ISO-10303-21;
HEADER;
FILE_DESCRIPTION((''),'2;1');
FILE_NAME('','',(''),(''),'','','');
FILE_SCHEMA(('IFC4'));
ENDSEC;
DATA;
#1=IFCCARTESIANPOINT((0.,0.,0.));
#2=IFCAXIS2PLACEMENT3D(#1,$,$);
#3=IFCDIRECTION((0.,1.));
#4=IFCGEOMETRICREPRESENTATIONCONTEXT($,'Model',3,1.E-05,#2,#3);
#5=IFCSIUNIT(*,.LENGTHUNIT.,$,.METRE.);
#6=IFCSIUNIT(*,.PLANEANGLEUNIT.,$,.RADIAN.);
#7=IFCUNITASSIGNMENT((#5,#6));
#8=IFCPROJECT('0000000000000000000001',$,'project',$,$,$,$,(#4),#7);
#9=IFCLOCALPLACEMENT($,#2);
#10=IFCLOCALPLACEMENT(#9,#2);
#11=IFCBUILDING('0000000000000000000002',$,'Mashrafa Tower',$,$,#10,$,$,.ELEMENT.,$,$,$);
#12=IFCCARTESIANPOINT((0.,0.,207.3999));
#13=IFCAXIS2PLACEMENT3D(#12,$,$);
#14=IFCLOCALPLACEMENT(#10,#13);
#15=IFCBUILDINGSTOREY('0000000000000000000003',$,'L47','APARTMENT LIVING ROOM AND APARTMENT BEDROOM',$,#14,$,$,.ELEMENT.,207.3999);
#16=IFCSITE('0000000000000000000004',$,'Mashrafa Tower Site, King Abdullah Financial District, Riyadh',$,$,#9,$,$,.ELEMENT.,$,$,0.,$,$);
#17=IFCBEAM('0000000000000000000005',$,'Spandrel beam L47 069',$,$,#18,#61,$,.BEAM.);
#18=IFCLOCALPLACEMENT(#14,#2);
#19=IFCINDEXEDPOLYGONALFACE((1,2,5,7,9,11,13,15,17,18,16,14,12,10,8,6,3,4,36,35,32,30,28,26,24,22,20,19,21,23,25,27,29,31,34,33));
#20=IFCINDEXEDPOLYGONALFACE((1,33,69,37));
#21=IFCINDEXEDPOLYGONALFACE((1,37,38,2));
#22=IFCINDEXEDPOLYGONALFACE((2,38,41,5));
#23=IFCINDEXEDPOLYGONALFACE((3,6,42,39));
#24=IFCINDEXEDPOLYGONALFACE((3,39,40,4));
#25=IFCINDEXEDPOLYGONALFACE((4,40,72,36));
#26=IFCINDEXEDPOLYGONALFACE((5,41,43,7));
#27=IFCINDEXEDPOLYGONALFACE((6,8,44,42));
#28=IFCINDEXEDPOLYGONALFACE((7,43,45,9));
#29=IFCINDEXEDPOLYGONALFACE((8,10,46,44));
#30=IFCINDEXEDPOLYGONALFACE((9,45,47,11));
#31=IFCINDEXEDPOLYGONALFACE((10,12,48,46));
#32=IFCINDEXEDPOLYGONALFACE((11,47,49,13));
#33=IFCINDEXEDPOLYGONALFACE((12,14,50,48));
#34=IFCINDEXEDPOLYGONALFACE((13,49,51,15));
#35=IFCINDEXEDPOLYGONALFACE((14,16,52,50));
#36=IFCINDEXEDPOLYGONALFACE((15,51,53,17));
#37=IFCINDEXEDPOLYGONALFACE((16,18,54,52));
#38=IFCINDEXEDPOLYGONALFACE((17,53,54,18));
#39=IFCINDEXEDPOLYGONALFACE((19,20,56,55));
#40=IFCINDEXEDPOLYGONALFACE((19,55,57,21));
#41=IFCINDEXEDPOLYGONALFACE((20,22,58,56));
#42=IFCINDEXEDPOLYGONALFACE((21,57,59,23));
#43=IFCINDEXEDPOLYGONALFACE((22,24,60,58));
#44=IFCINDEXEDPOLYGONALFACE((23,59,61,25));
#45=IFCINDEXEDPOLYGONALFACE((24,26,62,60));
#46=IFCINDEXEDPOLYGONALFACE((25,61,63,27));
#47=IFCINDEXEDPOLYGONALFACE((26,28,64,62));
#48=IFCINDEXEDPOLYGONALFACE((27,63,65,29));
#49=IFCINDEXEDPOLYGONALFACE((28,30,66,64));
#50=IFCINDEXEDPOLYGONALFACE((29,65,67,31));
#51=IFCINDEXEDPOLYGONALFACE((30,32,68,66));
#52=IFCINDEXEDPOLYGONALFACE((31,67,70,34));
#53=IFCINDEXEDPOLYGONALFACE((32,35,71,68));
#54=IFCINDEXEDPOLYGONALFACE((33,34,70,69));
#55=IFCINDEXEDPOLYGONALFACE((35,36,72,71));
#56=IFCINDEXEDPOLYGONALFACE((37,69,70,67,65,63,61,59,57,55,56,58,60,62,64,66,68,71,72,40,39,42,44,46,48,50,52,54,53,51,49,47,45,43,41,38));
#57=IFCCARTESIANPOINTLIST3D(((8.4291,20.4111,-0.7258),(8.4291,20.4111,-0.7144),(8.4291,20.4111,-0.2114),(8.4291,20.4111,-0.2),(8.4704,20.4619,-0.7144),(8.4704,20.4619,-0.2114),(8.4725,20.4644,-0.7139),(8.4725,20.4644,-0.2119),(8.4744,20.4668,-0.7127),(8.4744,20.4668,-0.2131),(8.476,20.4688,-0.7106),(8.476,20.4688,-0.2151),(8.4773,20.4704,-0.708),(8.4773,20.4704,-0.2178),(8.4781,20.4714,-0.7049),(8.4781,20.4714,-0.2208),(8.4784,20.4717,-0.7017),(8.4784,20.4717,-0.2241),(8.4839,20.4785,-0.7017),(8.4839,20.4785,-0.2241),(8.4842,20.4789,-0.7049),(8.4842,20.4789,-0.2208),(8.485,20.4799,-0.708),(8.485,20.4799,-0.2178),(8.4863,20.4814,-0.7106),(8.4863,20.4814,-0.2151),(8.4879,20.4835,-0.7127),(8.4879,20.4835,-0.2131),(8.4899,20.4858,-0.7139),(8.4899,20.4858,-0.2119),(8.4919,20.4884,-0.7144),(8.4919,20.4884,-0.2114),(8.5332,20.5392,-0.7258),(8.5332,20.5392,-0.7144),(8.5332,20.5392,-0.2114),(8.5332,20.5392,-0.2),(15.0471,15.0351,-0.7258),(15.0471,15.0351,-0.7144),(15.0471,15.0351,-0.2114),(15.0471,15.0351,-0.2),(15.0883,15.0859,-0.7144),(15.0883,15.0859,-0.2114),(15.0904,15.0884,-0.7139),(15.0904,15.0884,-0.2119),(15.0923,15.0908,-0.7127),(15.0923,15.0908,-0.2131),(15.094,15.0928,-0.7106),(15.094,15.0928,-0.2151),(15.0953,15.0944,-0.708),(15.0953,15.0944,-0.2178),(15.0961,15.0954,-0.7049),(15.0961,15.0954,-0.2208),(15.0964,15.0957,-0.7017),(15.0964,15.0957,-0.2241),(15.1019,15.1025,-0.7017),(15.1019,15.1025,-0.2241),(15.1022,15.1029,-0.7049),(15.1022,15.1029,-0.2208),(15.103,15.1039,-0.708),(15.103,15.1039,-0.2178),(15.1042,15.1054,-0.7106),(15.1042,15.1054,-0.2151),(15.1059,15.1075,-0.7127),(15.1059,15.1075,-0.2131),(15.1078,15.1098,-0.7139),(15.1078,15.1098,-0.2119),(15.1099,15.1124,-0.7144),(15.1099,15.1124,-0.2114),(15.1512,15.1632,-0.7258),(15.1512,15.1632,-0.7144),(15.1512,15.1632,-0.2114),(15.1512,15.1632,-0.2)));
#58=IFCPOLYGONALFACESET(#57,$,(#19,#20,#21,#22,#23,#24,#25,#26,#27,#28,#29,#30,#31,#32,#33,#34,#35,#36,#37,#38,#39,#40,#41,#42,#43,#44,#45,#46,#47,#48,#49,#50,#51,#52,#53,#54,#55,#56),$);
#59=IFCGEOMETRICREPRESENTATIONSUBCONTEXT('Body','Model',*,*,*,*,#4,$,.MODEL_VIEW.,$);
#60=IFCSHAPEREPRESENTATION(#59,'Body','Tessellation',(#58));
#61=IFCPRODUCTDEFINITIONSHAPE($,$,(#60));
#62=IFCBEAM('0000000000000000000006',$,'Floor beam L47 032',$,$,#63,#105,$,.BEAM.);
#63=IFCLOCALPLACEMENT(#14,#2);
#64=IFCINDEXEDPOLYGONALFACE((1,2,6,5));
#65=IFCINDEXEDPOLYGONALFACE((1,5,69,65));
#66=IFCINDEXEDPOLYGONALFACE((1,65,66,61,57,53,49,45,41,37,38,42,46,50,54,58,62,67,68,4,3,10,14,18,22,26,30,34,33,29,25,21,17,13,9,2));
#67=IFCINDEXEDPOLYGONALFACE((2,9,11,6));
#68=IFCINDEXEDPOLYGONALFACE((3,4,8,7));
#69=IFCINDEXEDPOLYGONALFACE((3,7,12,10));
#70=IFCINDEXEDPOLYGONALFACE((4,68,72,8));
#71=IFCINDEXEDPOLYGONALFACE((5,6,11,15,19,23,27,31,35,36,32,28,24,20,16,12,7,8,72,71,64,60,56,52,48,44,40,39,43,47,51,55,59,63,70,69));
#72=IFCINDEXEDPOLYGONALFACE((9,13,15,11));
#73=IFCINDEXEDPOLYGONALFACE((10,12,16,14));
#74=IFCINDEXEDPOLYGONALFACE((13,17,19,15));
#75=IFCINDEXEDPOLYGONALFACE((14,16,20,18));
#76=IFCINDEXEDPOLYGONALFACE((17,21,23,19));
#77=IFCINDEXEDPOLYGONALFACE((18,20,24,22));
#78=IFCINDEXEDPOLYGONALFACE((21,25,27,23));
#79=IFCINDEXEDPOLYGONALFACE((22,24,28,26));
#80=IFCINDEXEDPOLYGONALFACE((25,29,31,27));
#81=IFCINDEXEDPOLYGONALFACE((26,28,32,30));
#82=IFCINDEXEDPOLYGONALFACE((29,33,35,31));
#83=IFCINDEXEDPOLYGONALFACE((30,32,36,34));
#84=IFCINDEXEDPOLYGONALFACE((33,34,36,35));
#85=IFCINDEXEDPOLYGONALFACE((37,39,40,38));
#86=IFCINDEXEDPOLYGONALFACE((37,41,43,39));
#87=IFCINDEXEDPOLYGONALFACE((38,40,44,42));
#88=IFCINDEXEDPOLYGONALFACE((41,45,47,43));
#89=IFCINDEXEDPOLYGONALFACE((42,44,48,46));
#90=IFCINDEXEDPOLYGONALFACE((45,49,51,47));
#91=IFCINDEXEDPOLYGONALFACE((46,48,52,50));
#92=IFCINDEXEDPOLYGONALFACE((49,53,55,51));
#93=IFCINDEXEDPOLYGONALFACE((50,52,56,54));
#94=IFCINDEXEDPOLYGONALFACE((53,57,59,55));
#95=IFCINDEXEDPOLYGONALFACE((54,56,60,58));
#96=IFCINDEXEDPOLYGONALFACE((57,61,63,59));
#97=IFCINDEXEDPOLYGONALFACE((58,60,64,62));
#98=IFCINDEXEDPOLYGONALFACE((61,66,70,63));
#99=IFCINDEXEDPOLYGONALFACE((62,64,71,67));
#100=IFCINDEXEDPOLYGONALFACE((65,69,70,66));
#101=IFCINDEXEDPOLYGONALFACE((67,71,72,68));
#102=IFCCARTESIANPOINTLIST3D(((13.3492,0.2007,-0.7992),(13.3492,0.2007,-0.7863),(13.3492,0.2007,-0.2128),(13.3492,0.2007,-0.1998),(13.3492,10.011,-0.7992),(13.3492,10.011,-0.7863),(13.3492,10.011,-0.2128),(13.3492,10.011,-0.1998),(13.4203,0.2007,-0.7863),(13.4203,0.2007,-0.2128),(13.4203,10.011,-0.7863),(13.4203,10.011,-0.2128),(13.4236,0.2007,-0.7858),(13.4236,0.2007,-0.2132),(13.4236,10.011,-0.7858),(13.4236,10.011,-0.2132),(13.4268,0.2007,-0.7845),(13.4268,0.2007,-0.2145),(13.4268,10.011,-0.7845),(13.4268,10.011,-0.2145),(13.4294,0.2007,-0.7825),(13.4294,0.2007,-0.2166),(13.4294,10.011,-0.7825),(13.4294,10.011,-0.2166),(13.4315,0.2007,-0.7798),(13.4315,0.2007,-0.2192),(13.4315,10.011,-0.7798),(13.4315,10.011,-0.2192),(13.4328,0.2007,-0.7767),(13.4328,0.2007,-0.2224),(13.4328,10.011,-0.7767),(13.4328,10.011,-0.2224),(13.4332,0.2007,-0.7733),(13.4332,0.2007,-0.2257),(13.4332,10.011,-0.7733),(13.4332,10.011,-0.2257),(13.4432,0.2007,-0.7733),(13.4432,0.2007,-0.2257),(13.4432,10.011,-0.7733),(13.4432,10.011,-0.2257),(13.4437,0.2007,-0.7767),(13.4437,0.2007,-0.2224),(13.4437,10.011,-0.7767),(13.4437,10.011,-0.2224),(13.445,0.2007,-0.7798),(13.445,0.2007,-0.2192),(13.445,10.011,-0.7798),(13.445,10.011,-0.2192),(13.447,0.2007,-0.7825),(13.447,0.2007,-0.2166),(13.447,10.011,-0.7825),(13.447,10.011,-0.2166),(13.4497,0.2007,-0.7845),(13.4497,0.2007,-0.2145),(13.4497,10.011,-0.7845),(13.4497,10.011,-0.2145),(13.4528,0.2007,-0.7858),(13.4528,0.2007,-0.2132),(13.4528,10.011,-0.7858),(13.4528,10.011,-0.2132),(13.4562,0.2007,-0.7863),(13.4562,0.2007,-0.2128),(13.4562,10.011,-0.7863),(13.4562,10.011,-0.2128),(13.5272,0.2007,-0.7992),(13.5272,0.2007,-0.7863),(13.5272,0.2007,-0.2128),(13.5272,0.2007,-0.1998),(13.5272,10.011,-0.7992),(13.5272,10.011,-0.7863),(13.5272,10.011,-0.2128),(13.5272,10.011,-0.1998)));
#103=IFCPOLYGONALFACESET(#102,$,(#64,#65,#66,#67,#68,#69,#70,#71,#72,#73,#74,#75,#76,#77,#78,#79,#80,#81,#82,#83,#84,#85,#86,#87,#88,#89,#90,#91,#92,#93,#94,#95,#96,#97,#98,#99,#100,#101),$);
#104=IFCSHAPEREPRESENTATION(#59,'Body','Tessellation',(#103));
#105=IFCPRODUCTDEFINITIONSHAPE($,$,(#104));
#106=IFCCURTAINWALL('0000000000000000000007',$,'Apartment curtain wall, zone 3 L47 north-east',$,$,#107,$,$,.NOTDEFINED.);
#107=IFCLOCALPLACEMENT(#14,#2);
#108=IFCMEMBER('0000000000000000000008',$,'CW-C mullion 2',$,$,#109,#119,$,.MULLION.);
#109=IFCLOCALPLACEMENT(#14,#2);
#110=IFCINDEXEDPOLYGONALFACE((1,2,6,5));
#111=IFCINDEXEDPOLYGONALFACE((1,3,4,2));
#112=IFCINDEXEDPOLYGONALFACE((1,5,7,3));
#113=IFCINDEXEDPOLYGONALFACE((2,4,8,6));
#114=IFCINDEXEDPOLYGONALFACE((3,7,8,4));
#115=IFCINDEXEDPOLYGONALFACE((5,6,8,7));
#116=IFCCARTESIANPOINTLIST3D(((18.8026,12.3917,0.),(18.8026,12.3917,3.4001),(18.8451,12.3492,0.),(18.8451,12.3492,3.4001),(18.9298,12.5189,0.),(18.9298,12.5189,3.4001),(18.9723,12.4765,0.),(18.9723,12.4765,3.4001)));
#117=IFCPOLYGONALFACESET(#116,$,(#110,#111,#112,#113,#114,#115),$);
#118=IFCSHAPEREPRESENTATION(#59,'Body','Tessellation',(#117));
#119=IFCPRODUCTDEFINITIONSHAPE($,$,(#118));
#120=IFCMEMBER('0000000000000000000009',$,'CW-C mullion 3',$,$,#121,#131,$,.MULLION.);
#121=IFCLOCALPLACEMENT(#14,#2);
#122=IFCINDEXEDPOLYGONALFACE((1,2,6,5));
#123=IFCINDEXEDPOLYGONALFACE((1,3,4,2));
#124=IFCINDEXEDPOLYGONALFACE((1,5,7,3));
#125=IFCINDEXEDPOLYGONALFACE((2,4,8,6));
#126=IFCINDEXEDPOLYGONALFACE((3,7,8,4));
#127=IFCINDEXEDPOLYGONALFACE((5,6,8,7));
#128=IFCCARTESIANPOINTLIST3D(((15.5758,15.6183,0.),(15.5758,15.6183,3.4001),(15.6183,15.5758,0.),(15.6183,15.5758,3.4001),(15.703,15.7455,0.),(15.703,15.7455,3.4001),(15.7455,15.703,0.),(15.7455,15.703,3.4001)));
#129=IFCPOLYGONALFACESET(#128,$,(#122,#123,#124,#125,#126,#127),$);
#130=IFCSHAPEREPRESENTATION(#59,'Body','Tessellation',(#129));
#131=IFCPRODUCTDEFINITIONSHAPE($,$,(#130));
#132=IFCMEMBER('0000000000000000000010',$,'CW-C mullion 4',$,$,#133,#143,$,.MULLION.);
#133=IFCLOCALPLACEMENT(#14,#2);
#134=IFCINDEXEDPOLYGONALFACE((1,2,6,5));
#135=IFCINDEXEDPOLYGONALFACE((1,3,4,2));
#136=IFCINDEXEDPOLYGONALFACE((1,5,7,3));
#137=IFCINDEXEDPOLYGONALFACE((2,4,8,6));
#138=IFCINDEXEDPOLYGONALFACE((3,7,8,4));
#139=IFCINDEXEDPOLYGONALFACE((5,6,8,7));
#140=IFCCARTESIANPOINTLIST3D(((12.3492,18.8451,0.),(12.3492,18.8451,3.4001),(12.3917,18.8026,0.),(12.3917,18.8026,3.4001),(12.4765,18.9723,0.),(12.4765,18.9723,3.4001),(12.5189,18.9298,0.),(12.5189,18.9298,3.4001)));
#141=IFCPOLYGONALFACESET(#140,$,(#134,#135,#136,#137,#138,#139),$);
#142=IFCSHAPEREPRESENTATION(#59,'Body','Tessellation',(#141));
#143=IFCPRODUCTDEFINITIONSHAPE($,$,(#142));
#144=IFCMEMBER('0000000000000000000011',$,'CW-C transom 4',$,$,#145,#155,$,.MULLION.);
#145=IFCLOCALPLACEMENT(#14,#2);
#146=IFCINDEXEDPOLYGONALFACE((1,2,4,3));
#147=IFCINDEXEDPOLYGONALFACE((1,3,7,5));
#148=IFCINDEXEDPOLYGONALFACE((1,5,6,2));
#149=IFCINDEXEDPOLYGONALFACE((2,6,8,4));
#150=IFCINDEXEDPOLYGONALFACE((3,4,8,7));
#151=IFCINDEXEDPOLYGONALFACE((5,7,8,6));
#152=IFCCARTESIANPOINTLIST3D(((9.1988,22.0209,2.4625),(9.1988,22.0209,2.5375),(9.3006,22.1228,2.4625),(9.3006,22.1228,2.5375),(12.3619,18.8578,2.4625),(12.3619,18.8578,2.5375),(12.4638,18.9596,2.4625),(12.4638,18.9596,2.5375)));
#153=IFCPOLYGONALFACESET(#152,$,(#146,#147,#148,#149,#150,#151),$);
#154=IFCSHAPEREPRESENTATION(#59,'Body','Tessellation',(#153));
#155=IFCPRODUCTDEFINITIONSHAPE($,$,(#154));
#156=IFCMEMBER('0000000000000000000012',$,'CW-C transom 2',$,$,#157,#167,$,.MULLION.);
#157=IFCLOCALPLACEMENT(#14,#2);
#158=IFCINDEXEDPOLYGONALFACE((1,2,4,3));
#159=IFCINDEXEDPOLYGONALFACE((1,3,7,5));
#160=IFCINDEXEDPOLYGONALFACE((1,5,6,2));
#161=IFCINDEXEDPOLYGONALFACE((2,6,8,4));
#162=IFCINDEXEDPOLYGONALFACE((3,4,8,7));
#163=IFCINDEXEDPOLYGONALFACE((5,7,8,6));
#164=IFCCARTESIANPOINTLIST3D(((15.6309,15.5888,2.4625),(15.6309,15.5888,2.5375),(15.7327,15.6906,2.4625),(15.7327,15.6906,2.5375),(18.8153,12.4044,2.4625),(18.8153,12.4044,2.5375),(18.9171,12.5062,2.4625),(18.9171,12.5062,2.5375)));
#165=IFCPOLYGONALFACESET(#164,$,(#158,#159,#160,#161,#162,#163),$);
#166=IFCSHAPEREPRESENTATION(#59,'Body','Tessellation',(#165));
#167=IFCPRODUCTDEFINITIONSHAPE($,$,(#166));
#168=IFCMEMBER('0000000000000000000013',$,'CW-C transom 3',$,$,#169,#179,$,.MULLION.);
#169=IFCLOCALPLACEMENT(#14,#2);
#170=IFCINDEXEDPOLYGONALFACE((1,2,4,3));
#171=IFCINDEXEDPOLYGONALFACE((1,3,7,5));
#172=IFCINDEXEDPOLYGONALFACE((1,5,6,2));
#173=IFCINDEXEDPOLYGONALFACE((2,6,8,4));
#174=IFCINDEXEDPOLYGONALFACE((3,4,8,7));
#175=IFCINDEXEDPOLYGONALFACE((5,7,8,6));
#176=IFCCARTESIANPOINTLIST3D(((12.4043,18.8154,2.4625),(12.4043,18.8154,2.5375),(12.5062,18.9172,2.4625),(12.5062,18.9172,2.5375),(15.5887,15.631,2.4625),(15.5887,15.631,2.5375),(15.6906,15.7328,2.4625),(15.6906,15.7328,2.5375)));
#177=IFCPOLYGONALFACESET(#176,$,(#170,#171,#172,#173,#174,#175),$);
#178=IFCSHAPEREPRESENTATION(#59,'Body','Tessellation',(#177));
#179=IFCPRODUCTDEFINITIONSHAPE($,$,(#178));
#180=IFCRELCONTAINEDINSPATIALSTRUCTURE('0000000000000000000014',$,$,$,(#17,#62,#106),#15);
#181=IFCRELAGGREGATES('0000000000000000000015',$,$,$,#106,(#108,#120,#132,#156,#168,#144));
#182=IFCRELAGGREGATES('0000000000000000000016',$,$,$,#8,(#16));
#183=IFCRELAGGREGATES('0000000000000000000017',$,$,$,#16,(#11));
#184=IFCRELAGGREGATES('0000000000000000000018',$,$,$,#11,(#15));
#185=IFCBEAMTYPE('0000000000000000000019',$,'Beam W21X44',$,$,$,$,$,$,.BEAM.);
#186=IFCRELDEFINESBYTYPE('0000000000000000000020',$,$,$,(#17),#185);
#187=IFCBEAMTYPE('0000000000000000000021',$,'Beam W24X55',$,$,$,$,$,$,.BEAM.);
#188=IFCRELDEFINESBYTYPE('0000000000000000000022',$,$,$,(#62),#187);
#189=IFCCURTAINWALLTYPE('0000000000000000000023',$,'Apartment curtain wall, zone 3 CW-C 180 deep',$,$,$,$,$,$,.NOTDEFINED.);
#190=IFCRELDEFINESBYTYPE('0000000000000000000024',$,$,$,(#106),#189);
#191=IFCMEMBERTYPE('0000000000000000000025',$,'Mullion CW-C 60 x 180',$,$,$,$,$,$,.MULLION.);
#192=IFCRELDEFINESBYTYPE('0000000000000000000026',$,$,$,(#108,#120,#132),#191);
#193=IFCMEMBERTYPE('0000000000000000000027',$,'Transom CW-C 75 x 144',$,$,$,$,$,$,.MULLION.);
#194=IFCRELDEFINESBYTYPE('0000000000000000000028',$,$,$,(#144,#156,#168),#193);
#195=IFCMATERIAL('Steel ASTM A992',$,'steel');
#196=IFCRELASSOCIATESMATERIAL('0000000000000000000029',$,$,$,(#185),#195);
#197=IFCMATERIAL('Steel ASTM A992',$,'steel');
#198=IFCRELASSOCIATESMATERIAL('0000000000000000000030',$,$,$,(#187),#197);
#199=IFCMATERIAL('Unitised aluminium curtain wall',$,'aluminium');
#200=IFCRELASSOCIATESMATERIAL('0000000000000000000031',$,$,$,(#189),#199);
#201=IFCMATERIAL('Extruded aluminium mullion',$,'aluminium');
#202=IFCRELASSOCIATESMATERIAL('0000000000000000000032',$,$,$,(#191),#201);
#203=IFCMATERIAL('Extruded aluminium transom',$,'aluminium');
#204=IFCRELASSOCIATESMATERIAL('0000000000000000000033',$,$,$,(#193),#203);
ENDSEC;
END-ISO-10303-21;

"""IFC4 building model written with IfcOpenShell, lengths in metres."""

from ifc_helpers import new_model, si_unit, direction, frame, origin, origin_2d, place, context, subcontext, project, spatial, rectangle, i_section, extrude, source, transform, mapped, material, material_profile, profile_set, type_object, type_shapes, element, aggregate, save


model = new_model("IFC4")

# Units and contexts
model_context = context("Model", 3, precision=1e-05, world=origin(), true_north=direction((0.0, 1.0)))
body_context = subcontext(model_context, "Body", "Model", "MODEL_VIEW")
ifc_project = project(units=[si_unit("LENGTHUNIT", "METRE"), si_unit("PLANEANGLEUNIT", "RADIAN")], contexts=[model_context])

# Site, building, storey
site_placement = place(None, origin())
site = spatial("IfcSite", under=ifc_project, at=site_placement, Name="Mashrafa Tower Site, King Abdullah Financial District, Riyadh", CompositionType="ELEMENT", RefElevation=0.0)
building_placement = place(site_placement, origin())
building = spatial("IfcBuilding", under=site, at=building_placement, Name="Mashrafa Tower", CompositionType="ELEMENT")
storey_placement = place(building_placement, frame((0.0, 0.0, 207.3999)))
storey = spatial("IfcBuildingStorey", under=building, at=storey_placement, Name="L47", Description="APARTMENT LIVING ROOM AND APARTMENT BEDROOM", CompositionType="ELEMENT", Elevation=207.3999)

# Beams
ifc_material_1 = material(Name="Steel ASTM A992", Category="steel")
ifc_material_profile_1 = material_profile(ifc_material_1, i_section(OverallWidth=0.165, OverallDepth=0.5259, WebThickness=0.0088, FlangeThickness=0.0115, FilletRadius=0.0127, at=origin_2d()), Name="W21X44")
ifc_profile_set_1 = profile_set([ifc_material_profile_1], Name="Steel ASTM A992")
beam_type_1 = type_object("IfcBeamType", Name="Beam W21X44", PredefinedType="BEAM", material=ifc_profile_set_1)
beam_1_placement = place(storey_placement, frame((15.0991, 15.0991, -0.4629), z_axis=(-0.776176, 0.630516, 0.0), x_axis=(-0.630516, -0.776176, 0.0)))
element("IfcBeam", 1, at=beam_1_placement, inside=storey, type_object=beam_type_1, Name="Spandrel beam L47 069", PredefinedType="BEAM", context=body_context, shape_type="SweptSolid", body=[
    extrude(i_section(OverallWidth=0.165, OverallDepth=0.5259, WebThickness=0.0088, FlangeThickness=0.0115, FilletRadius=0.0127, at=origin_2d()), origin(), (0.0, 0.0, 1.0), 8.5264),
])
ifc_material_2 = material(Name="Steel ASTM A992", Category="steel")
ifc_material_profile_2 = material_profile(ifc_material_2, i_section(OverallWidth=0.178, OverallDepth=0.5994, WebThickness=0.01, FlangeThickness=0.0129, FilletRadius=0.0129, at=origin_2d()), Name="W24X55")
ifc_profile_set_2 = profile_set([ifc_material_profile_2], Name="Steel ASTM A992")
beam_type_2 = type_object("IfcBeamType", Name="Beam W24X55", PredefinedType="BEAM", material=ifc_profile_set_2)
beam_2_placement = place(storey_placement, frame((13.4382, 10.011, -0.4995), z_axis=(0.0, -1.0, 0.0), x_axis=(1.0, 0.0, 0.0)))
element("IfcBeam", 2, at=beam_2_placement, inside=storey, type_object=beam_type_2, Name="Floor beam L47 032", PredefinedType="BEAM", context=body_context, shape_type="SweptSolid", body=[
    extrude(i_section(OverallWidth=0.178, OverallDepth=0.5994, WebThickness=0.01, FlangeThickness=0.0129, FilletRadius=0.0129, at=origin_2d()), origin(), (0.0, 0.0, 1.0), 9.8103),
])

# Curtain wall, members
ifc_material_3 = material(Name="Unitised aluminium curtain wall", Category="aluminium")
curtain_wall_type = type_object("IfcCurtainWallType", Name="Apartment curtain wall, zone 3 CW-C 180 deep", PredefinedType="NOTDEFINED", material=ifc_material_3)
curtain_wall_placement = place(storey_placement, origin())
curtain_wall = element("IfcCurtainWall", 3, at=curtain_wall_placement, inside=storey, type_object=curtain_wall_type, Name="Apartment curtain wall, zone 3 L47 north-east", PredefinedType="NOTDEFINED")
ifc_material_4 = material(Name="Extruded aluminium mullion", Category="aluminium")
ifc_material_profile_3 = material_profile(ifc_material_4, rectangle(XDim=0.1799, YDim=0.0601, at=origin_2d()), Name="Mullion 60x180")
ifc_profile_set_3 = profile_set([ifc_material_profile_3], Name="Extruded aluminium mullion")
member_type_1 = type_object("IfcMemberType", Name="Mullion CW-C 60 x 180", PredefinedType="MULLION", material=ifc_profile_set_3)
shared_shape_1 = source(origin(), body_context, "Body", "SweptSolid", [
    extrude(rectangle(XDim=0.1799, YDim=0.0601, at=origin_2d()), origin(), (0.0, 0.0, 1.0), 3.4001),
])
type_shapes(member_type_1, [shared_shape_1])
member_1_placement = place(storey_placement, frame((18.8875, 12.4341, 0.0), z_axis=(0.0, 0.0, 1.0), x_axis=(-0.707107, -0.707107, 0.0)))
member_1 = element("IfcMember", 4, at=member_1_placement, type_object=member_type_1, Name="CW-C mullion 2", PredefinedType="MULLION", context=body_context, shape_type="MappedRepresentation", body=[
    mapped(shared_shape_1, transform((0.0, 0.0, 0.0))),
])
member_2_placement = place(storey_placement, frame((15.6606, 15.6606, 0.0), z_axis=(0.0, 0.0, 1.0), x_axis=(-0.707107, -0.707107, 0.0)))
member_2 = element("IfcMember", 5, at=member_2_placement, type_object=member_type_1, Name="CW-C mullion 3", PredefinedType="MULLION", context=body_context, shape_type="MappedRepresentation", body=[
    mapped(shared_shape_1, transform((0.0, 0.0, 0.0))),
])
member_3_placement = place(storey_placement, frame((12.4341, 18.8875, 0.0), z_axis=(0.0, 0.0, 1.0), x_axis=(-0.707107, -0.707107, 0.0)))
member_3 = element("IfcMember", 6, at=member_3_placement, type_object=member_type_1, Name="CW-C mullion 4", PredefinedType="MULLION", context=body_context, shape_type="MappedRepresentation", body=[
    mapped(shared_shape_1, transform((0.0, 0.0, 0.0))),
])
ifc_material_5 = material(Name="Extruded aluminium transom", Category="aluminium")
ifc_material_profile_4 = material_profile(ifc_material_5, rectangle(XDim=0.144, YDim=0.075, at=origin_2d()), Name="Transom 75x144")
ifc_profile_set_4 = profile_set([ifc_material_profile_4], Name="Extruded aluminium transom")
member_type_2 = type_object("IfcMemberType", Name="Transom CW-C 75 x 144", PredefinedType="MULLION", material=ifc_profile_set_4)
shared_shape_2 = source(origin(), body_context, "Body", "SweptSolid", [
    extrude(rectangle(XDim=0.144, YDim=0.075, at=origin_2d()), origin(), (0.0, 0.0, 1.0), 4.4734),
])
member_4_placement = place(storey_placement, frame((12.4128, 18.9087, 2.5), z_axis=(-0.707107, 0.707107, 0.0), x_axis=(-0.707107, -0.707107, 0.0)))
member_4 = element("IfcMember", 7, at=member_4_placement, type_object=member_type_2, Name="CW-C transom 4", PredefinedType="MULLION", context=body_context, shape_type="MappedRepresentation", body=[
    mapped(shared_shape_2, transform((0.0, 0.0, 0.0))),
])
shared_shape_3 = source(origin(), body_context, "Body", "SweptSolid", [
    extrude(rectangle(XDim=0.144, YDim=0.075, at=origin_2d()), origin(), (0.0, 0.0, 1.0), 4.5034),
])
type_shapes(member_type_2, [shared_shape_2, shared_shape_3])
member_5_placement = place(storey_placement, frame((18.8662, 12.4553, 2.5), z_axis=(-0.707107, 0.707107, 0.0), x_axis=(-0.707107, -0.707107, 0.0)))
member_5 = element("IfcMember", 8, at=member_5_placement, type_object=member_type_2, Name="CW-C transom 2", PredefinedType="MULLION", context=body_context, shape_type="MappedRepresentation", body=[
    mapped(shared_shape_3, transform((0.0, 0.0, 0.0))),
])
member_6_placement = place(storey_placement, frame((15.6396, 15.6819, 2.5), z_axis=(-0.707107, 0.707107, 0.0), x_axis=(-0.707107, -0.707107, 0.0)))
member_6 = element("IfcMember", 9, at=member_6_placement, type_object=member_type_2, Name="CW-C transom 3", PredefinedType="MULLION", context=body_context, shape_type="MappedRepresentation", body=[
    mapped(shared_shape_3, transform((0.0, 0.0, 0.0))),
])
aggregate(curtain_wall, [member_1, member_2, member_3, member_5, member_6, member_4])

save(model, "model.ifc")
